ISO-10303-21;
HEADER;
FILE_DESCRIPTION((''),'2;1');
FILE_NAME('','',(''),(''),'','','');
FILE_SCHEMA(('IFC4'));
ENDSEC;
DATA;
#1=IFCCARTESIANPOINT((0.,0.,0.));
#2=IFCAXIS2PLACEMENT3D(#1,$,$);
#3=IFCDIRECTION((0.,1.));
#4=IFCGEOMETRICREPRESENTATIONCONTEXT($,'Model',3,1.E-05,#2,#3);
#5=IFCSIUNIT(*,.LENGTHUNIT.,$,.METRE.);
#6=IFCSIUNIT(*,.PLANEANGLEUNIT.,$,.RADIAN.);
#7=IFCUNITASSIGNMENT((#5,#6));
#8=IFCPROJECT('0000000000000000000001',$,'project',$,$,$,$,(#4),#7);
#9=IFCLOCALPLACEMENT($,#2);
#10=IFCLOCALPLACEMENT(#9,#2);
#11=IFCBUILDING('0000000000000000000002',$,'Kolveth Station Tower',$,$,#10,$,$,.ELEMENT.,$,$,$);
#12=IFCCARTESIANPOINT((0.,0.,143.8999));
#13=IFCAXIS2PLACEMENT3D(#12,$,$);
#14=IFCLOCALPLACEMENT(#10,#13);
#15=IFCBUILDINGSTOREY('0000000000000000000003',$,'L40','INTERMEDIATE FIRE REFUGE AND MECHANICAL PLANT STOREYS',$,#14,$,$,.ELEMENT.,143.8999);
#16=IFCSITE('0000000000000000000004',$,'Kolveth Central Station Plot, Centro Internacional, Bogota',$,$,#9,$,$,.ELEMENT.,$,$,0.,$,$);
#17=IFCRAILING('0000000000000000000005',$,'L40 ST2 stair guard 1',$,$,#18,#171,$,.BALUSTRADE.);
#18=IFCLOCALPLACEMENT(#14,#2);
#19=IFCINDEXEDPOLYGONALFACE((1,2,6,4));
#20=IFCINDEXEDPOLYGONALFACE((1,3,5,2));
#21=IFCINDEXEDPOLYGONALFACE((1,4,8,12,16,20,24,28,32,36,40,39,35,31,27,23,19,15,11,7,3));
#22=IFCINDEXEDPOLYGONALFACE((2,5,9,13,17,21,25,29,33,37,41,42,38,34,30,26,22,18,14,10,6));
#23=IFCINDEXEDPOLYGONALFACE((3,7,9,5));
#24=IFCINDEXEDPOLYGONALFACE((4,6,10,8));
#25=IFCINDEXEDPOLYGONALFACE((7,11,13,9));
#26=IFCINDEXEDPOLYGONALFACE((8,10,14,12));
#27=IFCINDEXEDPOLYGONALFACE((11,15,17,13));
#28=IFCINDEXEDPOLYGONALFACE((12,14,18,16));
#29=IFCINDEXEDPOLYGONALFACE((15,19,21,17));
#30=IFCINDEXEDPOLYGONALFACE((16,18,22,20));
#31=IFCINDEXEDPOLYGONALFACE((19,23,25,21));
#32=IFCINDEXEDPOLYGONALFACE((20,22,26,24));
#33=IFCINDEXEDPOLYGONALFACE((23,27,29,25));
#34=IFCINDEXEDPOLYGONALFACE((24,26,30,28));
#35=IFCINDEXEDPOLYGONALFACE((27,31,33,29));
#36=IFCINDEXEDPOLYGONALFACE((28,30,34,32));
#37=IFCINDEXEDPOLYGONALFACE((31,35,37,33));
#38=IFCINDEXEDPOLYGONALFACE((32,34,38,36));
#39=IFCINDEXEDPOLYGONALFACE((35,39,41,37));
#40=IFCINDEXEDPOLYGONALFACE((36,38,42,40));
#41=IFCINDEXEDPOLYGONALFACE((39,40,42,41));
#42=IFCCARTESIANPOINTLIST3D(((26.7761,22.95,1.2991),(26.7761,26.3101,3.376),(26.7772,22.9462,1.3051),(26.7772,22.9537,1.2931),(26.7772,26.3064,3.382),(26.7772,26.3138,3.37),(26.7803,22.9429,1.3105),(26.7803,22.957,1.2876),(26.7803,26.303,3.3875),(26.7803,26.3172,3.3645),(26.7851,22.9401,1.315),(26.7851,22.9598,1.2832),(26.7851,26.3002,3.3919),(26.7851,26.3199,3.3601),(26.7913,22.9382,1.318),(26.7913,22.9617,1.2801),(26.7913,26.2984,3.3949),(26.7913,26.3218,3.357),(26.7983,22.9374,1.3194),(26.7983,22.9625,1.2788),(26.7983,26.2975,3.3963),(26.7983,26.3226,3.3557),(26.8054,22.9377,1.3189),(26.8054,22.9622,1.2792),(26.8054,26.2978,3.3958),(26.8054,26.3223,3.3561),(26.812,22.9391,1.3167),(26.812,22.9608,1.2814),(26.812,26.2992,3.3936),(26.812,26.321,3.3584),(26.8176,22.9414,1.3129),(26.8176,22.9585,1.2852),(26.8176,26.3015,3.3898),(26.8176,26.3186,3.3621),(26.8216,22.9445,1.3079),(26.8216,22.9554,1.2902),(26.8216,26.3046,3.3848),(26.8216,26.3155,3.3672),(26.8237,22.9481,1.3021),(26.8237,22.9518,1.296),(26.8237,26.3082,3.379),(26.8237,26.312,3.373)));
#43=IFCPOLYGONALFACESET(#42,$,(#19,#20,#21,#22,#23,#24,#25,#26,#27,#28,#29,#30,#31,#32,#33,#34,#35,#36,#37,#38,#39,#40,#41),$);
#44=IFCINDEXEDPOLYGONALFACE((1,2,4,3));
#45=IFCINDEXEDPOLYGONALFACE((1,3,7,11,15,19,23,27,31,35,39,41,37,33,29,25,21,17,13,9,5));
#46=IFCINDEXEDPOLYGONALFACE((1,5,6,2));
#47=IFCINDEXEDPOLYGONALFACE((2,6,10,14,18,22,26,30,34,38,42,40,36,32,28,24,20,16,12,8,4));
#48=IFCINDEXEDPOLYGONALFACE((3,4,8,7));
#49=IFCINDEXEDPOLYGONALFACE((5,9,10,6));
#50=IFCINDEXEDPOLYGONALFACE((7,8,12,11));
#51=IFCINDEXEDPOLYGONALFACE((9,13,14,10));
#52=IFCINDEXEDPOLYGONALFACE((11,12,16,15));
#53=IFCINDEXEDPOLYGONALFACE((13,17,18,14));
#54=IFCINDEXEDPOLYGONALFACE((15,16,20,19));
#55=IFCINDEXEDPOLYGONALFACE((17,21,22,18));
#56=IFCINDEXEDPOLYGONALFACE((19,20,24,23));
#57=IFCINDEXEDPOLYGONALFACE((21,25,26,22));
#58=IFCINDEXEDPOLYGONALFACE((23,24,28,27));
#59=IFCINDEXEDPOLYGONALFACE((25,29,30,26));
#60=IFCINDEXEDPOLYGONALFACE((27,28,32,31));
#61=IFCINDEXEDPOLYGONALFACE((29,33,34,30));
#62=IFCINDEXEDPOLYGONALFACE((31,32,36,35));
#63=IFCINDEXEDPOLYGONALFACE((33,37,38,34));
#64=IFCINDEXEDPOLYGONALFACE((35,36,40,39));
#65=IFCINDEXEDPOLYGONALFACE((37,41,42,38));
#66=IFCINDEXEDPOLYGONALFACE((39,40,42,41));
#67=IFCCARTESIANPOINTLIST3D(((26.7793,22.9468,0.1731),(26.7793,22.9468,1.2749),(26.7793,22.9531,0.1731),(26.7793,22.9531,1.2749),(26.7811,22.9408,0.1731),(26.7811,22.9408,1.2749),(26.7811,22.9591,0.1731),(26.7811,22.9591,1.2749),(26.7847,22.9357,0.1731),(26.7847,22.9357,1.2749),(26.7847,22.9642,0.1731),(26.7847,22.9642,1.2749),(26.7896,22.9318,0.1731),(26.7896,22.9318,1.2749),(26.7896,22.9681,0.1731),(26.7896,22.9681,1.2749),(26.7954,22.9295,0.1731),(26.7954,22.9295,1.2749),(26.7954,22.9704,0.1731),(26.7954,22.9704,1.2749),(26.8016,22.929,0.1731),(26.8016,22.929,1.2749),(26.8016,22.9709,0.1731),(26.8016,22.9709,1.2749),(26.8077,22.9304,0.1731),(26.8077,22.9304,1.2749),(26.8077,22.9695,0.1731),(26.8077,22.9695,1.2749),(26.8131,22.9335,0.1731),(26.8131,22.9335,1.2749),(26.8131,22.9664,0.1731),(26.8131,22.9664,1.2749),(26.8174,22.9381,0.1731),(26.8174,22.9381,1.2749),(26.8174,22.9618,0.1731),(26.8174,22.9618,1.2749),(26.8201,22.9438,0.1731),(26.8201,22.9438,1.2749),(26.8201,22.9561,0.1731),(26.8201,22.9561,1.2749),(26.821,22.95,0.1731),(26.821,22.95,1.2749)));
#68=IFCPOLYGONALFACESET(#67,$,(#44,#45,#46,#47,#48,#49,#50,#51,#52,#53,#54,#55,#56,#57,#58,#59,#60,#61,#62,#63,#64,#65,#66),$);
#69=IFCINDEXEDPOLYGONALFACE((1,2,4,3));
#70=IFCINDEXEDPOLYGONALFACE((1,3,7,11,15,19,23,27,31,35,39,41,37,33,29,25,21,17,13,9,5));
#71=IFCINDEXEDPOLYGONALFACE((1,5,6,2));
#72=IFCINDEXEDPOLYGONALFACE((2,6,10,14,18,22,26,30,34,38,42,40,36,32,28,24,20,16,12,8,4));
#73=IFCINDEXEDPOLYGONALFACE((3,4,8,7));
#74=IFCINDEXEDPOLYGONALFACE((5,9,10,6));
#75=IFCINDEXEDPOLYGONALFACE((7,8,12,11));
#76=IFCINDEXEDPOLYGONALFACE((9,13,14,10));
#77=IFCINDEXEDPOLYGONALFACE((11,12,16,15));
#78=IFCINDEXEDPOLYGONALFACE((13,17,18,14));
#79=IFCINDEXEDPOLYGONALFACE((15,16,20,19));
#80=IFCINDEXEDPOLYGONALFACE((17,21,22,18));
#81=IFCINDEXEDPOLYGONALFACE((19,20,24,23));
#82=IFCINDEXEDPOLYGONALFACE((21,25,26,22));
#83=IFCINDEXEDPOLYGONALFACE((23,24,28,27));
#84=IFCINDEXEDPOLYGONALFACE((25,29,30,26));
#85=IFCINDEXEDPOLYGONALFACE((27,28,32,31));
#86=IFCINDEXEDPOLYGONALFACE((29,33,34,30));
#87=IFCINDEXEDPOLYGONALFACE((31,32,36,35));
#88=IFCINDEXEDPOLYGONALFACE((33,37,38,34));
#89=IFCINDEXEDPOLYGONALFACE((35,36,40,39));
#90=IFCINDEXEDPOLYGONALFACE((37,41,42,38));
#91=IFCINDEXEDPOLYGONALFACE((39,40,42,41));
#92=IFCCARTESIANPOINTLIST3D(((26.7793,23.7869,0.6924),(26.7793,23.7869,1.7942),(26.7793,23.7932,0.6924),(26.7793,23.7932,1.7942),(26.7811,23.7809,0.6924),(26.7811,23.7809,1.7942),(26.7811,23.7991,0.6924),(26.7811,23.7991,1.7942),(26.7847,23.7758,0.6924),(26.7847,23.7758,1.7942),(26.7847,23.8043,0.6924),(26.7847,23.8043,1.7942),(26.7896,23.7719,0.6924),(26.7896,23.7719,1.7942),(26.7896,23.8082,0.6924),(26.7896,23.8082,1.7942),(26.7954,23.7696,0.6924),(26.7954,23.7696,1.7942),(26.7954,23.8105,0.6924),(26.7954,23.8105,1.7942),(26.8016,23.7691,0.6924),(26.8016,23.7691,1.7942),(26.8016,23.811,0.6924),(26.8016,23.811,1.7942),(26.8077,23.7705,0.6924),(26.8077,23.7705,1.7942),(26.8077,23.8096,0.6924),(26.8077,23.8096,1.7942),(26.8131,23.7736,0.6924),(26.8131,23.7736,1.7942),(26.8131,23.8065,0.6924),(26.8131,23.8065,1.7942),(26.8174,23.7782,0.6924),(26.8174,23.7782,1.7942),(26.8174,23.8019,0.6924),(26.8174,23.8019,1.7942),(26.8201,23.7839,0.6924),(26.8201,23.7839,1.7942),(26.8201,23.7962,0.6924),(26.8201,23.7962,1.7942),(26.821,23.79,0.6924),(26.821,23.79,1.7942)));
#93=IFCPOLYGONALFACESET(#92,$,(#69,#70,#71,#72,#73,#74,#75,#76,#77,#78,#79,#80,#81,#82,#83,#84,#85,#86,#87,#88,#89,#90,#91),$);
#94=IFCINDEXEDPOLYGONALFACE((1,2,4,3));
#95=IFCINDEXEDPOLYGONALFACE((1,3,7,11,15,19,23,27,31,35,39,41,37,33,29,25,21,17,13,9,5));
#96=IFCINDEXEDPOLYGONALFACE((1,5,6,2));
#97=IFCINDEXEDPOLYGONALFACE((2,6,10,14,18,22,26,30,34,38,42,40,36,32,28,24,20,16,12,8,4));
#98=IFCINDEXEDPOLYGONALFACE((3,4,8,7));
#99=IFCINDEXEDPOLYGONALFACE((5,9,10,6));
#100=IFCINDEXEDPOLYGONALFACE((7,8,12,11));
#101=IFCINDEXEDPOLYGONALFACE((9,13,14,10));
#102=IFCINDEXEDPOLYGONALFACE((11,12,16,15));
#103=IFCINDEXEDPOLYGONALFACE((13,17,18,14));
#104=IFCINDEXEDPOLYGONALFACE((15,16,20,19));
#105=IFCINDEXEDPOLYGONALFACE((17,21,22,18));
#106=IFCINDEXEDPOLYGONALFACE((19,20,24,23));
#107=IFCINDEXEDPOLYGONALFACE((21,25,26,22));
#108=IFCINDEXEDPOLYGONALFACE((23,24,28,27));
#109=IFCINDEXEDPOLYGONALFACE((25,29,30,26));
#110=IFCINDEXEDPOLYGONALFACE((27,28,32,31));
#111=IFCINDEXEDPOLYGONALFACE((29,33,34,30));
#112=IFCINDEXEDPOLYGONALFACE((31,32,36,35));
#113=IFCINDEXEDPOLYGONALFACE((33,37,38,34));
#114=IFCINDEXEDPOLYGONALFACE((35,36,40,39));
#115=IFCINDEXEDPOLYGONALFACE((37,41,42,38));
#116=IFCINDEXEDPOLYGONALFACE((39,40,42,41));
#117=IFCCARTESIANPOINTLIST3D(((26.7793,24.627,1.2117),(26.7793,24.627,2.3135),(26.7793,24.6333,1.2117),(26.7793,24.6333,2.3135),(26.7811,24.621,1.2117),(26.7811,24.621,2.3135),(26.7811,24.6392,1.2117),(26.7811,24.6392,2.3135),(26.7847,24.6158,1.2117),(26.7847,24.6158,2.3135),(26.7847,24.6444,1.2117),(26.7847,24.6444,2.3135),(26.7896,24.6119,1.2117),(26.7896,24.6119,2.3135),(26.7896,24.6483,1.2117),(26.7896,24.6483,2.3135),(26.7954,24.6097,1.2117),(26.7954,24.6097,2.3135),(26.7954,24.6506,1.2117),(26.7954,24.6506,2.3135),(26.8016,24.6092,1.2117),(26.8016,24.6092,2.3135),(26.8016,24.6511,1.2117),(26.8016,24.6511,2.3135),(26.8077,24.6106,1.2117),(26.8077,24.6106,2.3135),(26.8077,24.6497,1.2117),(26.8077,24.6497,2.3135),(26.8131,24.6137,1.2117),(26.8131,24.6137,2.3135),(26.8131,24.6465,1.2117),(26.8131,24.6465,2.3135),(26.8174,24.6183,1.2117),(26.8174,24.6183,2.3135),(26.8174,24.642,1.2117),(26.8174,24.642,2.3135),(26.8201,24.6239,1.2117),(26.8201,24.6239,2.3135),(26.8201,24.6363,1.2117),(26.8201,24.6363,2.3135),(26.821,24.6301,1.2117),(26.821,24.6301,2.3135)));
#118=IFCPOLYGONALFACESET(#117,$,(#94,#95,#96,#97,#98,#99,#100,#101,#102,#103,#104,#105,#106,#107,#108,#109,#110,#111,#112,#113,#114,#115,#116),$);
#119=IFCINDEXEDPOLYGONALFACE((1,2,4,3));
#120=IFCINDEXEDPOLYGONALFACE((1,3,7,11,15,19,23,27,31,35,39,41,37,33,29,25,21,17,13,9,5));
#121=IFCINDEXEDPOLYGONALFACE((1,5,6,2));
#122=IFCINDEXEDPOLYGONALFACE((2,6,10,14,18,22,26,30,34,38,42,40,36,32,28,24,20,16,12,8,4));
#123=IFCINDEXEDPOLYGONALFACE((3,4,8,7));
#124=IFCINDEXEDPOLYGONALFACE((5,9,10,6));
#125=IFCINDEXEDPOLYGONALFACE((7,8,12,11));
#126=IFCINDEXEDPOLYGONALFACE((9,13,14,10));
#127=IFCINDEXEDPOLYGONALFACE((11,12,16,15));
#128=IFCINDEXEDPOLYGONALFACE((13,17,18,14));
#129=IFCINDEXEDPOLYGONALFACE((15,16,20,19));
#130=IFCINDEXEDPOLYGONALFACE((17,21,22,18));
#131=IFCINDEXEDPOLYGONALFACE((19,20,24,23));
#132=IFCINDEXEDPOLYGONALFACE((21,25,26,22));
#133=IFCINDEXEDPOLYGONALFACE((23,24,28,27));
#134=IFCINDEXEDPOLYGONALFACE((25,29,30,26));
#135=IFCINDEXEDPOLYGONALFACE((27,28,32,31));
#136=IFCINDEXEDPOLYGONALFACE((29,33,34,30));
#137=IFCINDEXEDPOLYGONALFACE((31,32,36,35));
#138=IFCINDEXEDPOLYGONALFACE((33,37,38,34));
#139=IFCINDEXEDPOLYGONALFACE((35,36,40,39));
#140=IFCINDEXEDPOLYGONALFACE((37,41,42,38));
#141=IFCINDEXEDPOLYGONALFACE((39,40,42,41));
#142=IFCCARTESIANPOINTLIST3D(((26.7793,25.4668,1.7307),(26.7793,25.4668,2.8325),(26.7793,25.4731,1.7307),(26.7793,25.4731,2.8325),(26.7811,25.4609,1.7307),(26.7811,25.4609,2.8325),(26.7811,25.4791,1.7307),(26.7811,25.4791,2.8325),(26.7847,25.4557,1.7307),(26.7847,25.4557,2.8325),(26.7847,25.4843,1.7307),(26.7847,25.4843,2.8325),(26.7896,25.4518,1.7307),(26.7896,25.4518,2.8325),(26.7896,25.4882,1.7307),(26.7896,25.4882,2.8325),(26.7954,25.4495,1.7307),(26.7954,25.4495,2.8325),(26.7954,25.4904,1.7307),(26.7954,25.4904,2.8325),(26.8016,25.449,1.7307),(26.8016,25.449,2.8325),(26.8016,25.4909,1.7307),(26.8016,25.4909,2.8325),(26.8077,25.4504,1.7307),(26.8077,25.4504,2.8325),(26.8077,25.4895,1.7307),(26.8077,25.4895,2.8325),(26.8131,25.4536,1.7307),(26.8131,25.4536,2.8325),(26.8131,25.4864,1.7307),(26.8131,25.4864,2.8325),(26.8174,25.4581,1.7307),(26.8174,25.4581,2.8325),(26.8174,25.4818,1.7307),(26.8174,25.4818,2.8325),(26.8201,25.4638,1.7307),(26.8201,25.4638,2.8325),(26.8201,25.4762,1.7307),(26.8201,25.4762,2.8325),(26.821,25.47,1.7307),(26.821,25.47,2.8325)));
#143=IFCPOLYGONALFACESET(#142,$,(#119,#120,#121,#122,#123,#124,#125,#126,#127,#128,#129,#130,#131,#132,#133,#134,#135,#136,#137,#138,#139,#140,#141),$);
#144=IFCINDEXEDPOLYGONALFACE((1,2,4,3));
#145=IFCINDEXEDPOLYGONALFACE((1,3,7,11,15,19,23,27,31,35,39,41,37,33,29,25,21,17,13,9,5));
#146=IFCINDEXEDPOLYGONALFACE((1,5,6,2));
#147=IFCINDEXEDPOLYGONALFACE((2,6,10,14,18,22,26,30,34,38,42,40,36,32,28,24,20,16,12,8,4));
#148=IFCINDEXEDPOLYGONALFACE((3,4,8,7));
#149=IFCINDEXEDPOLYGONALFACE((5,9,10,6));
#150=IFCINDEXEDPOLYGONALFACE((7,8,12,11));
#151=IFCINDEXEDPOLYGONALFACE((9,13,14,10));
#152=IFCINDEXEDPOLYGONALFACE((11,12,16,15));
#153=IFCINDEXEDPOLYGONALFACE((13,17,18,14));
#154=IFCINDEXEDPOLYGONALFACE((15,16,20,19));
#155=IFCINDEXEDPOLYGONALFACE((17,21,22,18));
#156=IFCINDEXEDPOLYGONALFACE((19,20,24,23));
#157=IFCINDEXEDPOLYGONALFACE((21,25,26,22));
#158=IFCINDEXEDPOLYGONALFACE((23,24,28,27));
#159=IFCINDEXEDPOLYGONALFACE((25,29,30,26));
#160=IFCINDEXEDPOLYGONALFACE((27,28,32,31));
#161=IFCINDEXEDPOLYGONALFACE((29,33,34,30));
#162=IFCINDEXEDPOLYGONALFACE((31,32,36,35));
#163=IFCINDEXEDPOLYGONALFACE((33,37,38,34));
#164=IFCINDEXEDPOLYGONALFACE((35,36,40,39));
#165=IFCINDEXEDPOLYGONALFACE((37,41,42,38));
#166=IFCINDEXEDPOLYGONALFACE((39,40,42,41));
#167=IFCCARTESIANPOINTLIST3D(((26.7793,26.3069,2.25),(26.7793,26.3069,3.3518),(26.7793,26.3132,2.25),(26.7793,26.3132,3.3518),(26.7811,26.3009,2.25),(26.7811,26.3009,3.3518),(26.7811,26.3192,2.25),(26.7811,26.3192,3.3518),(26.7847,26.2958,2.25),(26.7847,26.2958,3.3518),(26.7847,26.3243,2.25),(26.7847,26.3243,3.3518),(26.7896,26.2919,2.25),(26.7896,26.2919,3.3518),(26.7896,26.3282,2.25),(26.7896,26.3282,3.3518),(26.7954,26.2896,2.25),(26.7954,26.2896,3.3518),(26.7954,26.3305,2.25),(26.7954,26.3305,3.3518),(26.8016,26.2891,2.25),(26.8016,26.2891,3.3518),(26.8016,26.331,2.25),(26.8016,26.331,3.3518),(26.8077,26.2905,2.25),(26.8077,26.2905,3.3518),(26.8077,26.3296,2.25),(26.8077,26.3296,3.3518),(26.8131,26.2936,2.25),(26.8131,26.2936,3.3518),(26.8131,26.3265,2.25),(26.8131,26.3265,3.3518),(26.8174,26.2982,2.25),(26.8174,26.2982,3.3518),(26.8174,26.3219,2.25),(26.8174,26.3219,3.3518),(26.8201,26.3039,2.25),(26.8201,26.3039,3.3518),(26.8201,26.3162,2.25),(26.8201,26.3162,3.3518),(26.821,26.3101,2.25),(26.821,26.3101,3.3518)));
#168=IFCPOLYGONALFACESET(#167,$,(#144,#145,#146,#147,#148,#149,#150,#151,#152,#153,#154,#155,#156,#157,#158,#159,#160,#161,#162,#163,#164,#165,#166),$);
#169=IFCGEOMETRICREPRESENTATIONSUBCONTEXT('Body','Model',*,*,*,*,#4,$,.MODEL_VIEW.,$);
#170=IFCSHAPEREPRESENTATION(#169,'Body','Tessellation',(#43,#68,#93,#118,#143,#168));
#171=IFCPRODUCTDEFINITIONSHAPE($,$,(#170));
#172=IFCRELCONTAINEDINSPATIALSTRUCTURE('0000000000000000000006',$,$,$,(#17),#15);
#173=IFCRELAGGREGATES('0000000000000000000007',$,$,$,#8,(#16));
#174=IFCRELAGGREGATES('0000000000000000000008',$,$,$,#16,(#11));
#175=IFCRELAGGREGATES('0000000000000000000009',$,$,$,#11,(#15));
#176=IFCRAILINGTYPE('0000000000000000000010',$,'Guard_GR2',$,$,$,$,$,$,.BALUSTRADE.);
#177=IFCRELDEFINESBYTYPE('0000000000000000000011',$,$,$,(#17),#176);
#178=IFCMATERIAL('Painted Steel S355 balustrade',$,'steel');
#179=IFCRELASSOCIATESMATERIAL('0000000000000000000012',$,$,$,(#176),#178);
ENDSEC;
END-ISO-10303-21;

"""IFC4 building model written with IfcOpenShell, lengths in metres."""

from ifc_helpers import new_model, si_unit, direction, frame, origin, origin_2d, place, context, subcontext, project, spatial, circle, extrude, material, type_object, element, save


model = new_model("IFC4")

# Units and contexts
model_context = context("Model", 3, precision=1e-05, world=origin(), true_north=direction((0.0, 1.0)))
body_context = subcontext(model_context, "Body", "Model", "MODEL_VIEW")
ifc_project = project(units=[si_unit("LENGTHUNIT", "METRE"), si_unit("PLANEANGLEUNIT", "RADIAN")], contexts=[model_context])

# Site, building, storey
site_placement = place(None, origin())
site = spatial("IfcSite", under=ifc_project, at=site_placement, Name="Kolveth Central Station Plot, Centro Internacional, Bogota", CompositionType="ELEMENT", RefElevation=0.0)
building_placement = place(site_placement, origin())
building = spatial("IfcBuilding", under=site, at=building_placement, Name="Kolveth Station Tower", CompositionType="ELEMENT")
storey_placement = place(building_placement, frame((0.0, 0.0, 143.8999)))
storey = spatial("IfcBuildingStorey", under=building, at=storey_placement, Name="L40", Description="INTERMEDIATE FIRE REFUGE AND MECHANICAL PLANT STOREYS", CompositionType="ELEMENT", Elevation=143.8999)

# Railing
ifc_material_1 = material(Name="Painted Steel S355 balustrade", Category="steel")
railing_type_1 = type_object("IfcRailingType", Name="Guard_GR2", PredefinedType="BALUSTRADE", material=ifc_material_1)
railing_1_placement = place(storey_placement, frame((26.8, 22.95, 0.1731)))
element("IfcRailing", 1, at=railing_1_placement, inside=storey, type_object=railing_type_1, Name="L40 ST2 stair guard 1", PredefinedType="BALUSTRADE", context=body_context, shape_type="SweptSolid", body=[
    extrude(circle(Radius=0.0239, at=origin_2d()), frame((0.0, 0.0, 1.126), z_axis=(0.0, 0.850623, 0.525776), x_axis=(-1.0, 0.0, 0.0)), (0.0, 0.0, 1.0), 3.9502),
    extrude(circle(Radius=0.021, at=origin_2d()), origin(), (0.0, 0.0, 1.0), 1.1018),
    extrude(circle(Radius=0.021, at=origin_2d()), frame((0.0, 0.8401, 0.5193)), (0.0, 0.0, 1.0), 1.1018),
    extrude(circle(Radius=0.021, at=origin_2d()), frame((0.0, 1.6802, 1.0386)), (0.0, 0.0, 1.0), 1.1018),
    extrude(circle(Radius=0.021, at=origin_2d()), frame((0.0, 2.52, 1.5576)), (0.0, 0.0, 1.0), 1.1018),
    extrude(circle(Radius=0.021, at=origin_2d()), frame((0.0, 3.3601, 2.0769)), (0.0, 0.0, 1.0), 1.1018),
])

save(model, "model.ifc")
